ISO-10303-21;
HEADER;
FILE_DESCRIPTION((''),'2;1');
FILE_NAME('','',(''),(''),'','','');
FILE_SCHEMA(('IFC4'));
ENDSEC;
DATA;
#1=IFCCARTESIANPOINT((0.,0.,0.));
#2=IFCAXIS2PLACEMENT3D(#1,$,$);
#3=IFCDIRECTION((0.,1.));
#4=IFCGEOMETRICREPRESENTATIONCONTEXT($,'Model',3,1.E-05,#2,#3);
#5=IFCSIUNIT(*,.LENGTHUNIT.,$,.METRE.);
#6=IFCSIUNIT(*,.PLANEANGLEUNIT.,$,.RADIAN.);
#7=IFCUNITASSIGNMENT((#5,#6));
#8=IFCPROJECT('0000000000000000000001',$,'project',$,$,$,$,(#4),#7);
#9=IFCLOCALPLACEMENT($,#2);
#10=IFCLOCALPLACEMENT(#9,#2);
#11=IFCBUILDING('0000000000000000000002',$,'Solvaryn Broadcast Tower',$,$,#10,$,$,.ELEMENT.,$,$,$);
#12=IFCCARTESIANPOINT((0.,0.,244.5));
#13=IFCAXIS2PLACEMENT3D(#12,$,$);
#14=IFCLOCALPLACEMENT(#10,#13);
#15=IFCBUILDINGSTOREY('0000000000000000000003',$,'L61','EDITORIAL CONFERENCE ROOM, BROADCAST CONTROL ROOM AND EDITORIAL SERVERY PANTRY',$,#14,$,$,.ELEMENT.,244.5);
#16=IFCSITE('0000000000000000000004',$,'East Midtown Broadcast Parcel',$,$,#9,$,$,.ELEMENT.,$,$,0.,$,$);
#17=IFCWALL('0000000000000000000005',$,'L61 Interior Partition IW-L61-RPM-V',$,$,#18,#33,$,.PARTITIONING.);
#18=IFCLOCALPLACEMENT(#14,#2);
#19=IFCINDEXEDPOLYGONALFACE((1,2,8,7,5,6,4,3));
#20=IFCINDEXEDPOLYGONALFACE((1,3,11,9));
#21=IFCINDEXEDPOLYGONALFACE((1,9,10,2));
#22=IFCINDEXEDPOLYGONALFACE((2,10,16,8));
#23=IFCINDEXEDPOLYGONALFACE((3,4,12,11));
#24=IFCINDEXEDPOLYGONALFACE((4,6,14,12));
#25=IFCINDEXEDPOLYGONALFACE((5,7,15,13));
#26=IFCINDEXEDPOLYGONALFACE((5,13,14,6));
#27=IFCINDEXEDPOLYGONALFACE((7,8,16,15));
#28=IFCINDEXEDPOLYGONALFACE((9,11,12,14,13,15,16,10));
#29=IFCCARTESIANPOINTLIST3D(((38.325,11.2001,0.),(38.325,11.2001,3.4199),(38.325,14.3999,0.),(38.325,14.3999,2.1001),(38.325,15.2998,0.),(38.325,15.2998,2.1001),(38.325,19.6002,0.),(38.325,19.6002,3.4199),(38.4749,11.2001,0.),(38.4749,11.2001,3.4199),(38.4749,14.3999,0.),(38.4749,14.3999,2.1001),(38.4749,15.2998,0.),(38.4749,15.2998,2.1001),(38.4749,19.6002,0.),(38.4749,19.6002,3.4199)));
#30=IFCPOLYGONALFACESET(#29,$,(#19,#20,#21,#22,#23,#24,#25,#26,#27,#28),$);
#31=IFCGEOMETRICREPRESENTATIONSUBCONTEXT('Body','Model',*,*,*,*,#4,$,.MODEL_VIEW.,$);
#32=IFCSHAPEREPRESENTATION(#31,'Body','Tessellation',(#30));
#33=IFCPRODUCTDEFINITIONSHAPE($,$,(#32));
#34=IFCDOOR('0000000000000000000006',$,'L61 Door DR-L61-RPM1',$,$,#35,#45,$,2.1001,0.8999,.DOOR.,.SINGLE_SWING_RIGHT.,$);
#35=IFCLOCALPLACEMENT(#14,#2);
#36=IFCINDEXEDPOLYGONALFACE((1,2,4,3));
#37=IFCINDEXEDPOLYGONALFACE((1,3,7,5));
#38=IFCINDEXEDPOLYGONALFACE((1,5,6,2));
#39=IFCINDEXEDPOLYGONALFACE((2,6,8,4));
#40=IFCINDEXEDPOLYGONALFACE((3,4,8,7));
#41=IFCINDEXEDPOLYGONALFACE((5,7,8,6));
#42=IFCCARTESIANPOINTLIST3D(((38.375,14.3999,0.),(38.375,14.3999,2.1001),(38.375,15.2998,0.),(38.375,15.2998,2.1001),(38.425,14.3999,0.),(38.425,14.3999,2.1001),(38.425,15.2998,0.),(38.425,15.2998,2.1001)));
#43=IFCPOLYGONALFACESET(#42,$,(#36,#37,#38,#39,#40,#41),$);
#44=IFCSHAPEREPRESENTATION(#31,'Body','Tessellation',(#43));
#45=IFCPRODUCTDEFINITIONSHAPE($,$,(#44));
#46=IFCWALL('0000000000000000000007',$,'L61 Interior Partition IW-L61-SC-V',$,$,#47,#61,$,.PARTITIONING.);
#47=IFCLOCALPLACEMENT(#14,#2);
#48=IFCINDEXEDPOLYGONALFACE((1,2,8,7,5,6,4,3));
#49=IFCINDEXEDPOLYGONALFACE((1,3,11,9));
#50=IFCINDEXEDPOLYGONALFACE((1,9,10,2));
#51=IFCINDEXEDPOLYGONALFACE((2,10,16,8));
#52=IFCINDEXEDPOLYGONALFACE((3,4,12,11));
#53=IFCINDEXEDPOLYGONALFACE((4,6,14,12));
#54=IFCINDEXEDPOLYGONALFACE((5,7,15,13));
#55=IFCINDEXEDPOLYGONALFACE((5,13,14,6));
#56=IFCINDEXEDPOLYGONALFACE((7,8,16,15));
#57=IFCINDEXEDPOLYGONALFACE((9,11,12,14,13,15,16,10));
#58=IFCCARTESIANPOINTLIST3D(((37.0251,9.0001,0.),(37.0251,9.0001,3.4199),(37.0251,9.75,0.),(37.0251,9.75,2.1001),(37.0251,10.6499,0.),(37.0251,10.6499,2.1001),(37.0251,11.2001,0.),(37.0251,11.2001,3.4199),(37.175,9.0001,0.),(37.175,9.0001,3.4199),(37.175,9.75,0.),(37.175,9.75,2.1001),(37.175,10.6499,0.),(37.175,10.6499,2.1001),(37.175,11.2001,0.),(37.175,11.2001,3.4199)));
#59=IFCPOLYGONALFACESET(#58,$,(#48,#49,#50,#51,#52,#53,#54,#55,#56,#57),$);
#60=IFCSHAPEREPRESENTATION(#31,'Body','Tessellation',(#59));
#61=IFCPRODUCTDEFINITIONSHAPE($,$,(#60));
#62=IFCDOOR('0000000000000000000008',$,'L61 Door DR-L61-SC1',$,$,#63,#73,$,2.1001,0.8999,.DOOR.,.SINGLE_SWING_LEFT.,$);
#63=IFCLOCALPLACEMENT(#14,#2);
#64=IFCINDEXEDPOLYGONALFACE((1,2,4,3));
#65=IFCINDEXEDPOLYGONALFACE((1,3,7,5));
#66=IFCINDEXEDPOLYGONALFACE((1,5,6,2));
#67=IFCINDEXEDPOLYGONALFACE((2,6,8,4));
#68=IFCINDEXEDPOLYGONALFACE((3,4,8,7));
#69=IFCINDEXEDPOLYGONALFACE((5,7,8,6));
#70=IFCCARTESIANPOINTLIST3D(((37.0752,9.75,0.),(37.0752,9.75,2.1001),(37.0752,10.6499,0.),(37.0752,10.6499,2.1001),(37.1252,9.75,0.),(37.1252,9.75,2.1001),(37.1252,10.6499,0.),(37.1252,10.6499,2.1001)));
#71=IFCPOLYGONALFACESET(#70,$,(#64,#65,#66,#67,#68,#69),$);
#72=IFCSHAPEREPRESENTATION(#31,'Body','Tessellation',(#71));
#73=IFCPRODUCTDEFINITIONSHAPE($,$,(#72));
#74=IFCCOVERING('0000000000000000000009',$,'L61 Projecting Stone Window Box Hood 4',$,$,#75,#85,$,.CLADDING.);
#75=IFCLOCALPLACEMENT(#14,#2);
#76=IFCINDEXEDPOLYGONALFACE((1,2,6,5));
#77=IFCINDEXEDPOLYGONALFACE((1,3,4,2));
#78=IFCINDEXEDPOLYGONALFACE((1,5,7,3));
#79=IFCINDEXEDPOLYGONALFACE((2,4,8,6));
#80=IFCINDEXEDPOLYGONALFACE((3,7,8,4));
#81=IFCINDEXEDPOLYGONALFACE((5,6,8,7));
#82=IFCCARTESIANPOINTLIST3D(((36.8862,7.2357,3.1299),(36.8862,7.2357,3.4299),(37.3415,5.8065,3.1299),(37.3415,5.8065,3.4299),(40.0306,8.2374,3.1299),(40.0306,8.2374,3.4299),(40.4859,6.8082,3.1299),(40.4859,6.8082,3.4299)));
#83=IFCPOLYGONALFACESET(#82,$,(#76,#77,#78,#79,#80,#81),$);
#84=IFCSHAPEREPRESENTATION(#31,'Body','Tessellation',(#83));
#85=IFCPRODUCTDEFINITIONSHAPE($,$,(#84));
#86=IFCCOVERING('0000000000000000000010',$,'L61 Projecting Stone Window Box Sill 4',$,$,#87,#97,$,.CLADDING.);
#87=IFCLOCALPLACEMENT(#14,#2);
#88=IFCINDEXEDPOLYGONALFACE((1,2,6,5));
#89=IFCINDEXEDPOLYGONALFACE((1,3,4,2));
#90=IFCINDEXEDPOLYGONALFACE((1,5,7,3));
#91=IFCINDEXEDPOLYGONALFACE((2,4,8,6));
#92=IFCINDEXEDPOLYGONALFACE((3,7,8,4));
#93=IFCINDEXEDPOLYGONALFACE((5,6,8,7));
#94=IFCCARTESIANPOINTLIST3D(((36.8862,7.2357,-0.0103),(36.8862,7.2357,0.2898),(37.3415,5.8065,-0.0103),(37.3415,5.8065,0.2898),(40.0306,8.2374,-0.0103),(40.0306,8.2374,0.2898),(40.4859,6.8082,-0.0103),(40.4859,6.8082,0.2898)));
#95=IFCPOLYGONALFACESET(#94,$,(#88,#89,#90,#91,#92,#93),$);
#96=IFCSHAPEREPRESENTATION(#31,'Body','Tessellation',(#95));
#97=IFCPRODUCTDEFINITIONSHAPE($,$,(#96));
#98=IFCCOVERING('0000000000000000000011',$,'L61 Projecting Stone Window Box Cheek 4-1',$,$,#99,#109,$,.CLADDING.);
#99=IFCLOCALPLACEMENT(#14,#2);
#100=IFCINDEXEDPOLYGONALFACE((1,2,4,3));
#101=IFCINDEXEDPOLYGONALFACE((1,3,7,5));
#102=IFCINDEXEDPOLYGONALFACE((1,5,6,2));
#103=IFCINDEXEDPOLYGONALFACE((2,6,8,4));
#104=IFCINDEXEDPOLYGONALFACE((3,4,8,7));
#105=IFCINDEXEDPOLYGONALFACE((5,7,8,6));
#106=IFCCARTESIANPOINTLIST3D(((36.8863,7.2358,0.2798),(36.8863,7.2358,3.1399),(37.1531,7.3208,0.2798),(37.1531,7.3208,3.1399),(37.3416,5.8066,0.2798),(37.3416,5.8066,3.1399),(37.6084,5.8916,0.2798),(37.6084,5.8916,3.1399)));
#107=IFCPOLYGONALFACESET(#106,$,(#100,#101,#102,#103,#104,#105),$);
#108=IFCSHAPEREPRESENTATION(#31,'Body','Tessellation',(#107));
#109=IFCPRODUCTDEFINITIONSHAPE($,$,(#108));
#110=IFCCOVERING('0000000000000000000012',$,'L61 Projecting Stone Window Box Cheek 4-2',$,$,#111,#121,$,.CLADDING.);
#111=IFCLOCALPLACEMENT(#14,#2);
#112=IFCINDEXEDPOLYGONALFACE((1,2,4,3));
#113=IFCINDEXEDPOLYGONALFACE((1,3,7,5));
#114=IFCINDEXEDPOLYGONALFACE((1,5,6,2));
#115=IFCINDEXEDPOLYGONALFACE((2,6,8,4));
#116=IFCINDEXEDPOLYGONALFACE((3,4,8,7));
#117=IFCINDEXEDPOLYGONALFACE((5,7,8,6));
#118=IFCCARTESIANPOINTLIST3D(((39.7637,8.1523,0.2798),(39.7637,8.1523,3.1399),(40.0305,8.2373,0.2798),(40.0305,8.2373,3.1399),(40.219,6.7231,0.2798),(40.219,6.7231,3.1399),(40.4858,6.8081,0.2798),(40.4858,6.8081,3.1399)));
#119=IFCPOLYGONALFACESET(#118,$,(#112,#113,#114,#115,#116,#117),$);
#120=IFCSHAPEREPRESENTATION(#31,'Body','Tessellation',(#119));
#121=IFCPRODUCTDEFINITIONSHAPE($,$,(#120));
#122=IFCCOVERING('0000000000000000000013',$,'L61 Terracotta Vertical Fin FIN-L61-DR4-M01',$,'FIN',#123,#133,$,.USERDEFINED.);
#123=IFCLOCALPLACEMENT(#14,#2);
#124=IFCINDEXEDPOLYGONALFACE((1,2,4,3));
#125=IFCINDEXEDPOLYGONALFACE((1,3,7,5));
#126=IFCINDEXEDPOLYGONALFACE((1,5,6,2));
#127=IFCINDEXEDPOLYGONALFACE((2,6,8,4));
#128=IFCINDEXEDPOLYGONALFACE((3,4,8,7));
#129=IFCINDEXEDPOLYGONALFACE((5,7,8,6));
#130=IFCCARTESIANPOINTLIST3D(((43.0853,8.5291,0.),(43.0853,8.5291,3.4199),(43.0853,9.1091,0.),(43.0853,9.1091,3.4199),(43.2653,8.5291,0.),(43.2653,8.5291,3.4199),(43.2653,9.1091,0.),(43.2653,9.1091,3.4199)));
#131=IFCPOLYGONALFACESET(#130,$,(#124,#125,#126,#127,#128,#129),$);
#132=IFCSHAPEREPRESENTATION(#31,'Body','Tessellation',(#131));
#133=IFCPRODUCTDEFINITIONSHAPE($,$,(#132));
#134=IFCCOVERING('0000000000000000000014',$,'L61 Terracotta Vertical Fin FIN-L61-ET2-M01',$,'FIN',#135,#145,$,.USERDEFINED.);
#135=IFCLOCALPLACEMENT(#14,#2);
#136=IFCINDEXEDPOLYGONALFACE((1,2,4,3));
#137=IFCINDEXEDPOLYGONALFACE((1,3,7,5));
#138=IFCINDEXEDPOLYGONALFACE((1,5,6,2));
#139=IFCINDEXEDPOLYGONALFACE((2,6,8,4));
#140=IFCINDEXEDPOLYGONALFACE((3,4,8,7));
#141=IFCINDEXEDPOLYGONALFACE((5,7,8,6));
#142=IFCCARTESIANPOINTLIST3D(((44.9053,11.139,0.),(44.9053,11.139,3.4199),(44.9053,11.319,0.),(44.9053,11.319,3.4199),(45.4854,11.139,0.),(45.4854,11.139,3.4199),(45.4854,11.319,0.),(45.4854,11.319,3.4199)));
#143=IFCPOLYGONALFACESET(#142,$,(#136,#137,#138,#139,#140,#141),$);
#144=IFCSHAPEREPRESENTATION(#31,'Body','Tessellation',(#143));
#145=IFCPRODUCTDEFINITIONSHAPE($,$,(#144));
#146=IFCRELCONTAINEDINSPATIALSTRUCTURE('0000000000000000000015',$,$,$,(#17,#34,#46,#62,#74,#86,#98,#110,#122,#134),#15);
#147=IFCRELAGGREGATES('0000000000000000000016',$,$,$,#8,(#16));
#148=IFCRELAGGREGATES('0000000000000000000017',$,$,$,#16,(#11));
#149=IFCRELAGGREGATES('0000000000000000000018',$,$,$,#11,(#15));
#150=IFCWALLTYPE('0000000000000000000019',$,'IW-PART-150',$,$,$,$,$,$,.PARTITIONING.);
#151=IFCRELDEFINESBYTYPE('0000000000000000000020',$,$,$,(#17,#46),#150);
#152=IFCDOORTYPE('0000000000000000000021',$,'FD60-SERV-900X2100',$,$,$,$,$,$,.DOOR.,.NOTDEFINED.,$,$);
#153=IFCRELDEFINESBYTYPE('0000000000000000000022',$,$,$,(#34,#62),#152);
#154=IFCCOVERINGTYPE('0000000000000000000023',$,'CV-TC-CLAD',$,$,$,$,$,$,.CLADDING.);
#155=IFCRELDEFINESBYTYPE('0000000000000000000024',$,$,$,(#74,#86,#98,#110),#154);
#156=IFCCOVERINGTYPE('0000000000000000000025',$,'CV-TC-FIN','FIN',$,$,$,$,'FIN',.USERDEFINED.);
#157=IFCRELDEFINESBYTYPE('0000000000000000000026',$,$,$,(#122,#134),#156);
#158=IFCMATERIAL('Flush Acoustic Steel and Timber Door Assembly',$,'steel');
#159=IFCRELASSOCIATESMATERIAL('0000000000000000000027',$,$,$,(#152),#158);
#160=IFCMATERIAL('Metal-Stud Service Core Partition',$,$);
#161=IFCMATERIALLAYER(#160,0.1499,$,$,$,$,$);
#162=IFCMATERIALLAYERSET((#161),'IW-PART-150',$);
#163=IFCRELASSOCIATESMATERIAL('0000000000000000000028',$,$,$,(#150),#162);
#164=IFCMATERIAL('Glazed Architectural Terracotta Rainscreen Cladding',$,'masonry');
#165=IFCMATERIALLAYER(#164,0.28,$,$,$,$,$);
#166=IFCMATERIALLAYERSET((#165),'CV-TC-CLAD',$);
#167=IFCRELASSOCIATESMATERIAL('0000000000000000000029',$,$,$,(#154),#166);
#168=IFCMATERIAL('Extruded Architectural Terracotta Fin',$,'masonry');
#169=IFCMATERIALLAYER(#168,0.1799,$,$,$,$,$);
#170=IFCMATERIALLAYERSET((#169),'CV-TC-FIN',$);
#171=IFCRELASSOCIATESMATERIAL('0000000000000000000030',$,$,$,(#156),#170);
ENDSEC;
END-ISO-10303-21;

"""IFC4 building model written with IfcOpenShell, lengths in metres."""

from ifc_helpers import new_model, si_unit, direction, frame, frame_2d, origin, origin_2d, place, context, subcontext, project, spatial, rectangle, extrude, material, layer, layer_set, type_object, element, fill, save


model = new_model("IFC4")

# Units and contexts
model_context = context("Model", 3, precision=1e-05, world=origin(), true_north=direction((0.0, 1.0)))
body_context = subcontext(model_context, "Body", "Model", "MODEL_VIEW")
ifc_project = project(units=[si_unit("LENGTHUNIT", "METRE"), si_unit("PLANEANGLEUNIT", "RADIAN")], contexts=[model_context])

# Site, building, storey
site_placement = place(None, origin())
site = spatial("IfcSite", under=ifc_project, at=site_placement, Name="East Midtown Broadcast Parcel", CompositionType="ELEMENT", RefElevation=0.0)
building_placement = place(site_placement, origin())
building = spatial("IfcBuilding", under=site, at=building_placement, Name="Solvaryn Broadcast Tower", CompositionType="ELEMENT")
storey_placement = place(building_placement, frame((0.0, 0.0, 244.5)))
storey = spatial("IfcBuildingStorey", under=building, at=storey_placement, Name="L61", Description="EDITORIAL CONFERENCE ROOM, BROADCAST CONTROL ROOM AND EDITORIAL SERVERY PANTRY", CompositionType="ELEMENT", Elevation=244.5)

# Shared definitions
ifc_material_1 = material(Name="Flush Acoustic Steel and Timber Door Assembly", Category="steel")
door_type = type_object("IfcDoorType", Name="FD60-SERV-900X2100", OperationType="NOTDEFINED", PredefinedType="DOOR", material=ifc_material_1)

# Walls, openings, doors
ifc_material_2 = material(Name="Metal-Stud Service Core Partition")
ifc_layer_1 = layer(ifc_material_2, 0.1499)
ifc_layer_set_1 = layer_set([ifc_layer_1], Name="IW-PART-150")
wall_type_1 = type_object("IfcWallType", Name="IW-PART-150", PredefinedType="PARTITIONING", material=ifc_layer_set_1)
wall_1_placement = place(storey_placement, frame((38.3999, 11.2, 0.0), z_axis=(0.0, 0.0, 1.0), x_axis=(0.0, 1.0, 0.0)))
wall_1 = element("IfcWall", 1, at=wall_1_placement, inside=storey, type_object=wall_type_1, Name="L61 Interior Partition IW-L61-RPM-V", PredefinedType="PARTITIONING", context=body_context, shape_type="SweptSolid", body=[
    extrude(rectangle(XDim=8.4001, YDim=0.1499, at=frame_2d((4.2002, 0.0))), origin(), (0.0, 0.0, 1.0), 3.4199),
])
opening_1_placement = place(wall_1_placement, frame((3.2, 0.0, 0.0)))
opening_1 = element("IfcOpeningElement", 2, at=opening_1_placement, cuts=wall_1, PredefinedType="OPENING", context=body_context, shape_type="SweptSolid", body=[
    extrude(rectangle(XDim=0.8999, YDim=2.1001, at=frame_2d((0.45, 1.05))), frame((0.0, 0.085, 0.0), z_axis=(0.0, -1.0, 0.0), x_axis=(1.0, 0.0, 0.0)), (0.0, 0.0, 1.0), 0.1699),
])
door_1_placement = place(opening_1_placement, origin())
door_1 = element("IfcDoor", 3, at=door_1_placement, inside=storey, type_object=door_type, Name="L61 Door DR-L61-RPM1", OperationType="SINGLE_SWING_RIGHT", OverallHeight=2.1001, OverallWidth=0.8999, PredefinedType="DOOR", context=body_context, shape_type="SweptSolid", body=[
    extrude(rectangle(XDim=0.8999, YDim=2.1001, at=frame_2d((0.45, 1.05))), frame((0.0, 0.0249, 0.0), z_axis=(0.0, -1.0, 0.0), x_axis=(1.0, 0.0, 0.0)), (0.0, 0.0, 1.0), 0.05),
])
fill(opening_1, door_1)
wall_2_placement = place(storey_placement, frame((37.1001, 9.0, 0.0), z_axis=(0.0, 0.0, 1.0), x_axis=(0.0, 1.0, 0.0)))
wall_2 = element("IfcWall", 4, at=wall_2_placement, inside=storey, type_object=wall_type_1, Name="L61 Interior Partition IW-L61-SC-V", PredefinedType="PARTITIONING", context=body_context, shape_type="SweptSolid", body=[
    extrude(rectangle(XDim=2.2, YDim=0.1499, at=frame_2d((1.1001, 0.0))), origin(), (0.0, 0.0, 1.0), 3.4199),
])
opening_2_placement = place(wall_2_placement, frame((0.75, 0.0, 0.0)))
opening_2 = element("IfcOpeningElement", 5, at=opening_2_placement, cuts=wall_2, PredefinedType="OPENING", context=body_context, shape_type="SweptSolid", body=[
    extrude(rectangle(XDim=0.8999, YDim=2.1001, at=frame_2d((0.45, 1.05))), frame((0.0, 0.085, 0.0), z_axis=(0.0, -1.0, 0.0), x_axis=(1.0, 0.0, 0.0)), (0.0, 0.0, 1.0), 0.1699),
])
door_2_placement = place(opening_2_placement, origin())
door_2 = element("IfcDoor", 6, at=door_2_placement, inside=storey, type_object=door_type, Name="L61 Door DR-L61-SC1", OperationType="SINGLE_SWING_LEFT", OverallHeight=2.1001, OverallWidth=0.8999, PredefinedType="DOOR", context=body_context, shape_type="SweptSolid", body=[
    extrude(rectangle(XDim=0.8999, YDim=2.1001, at=frame_2d((0.45, 1.05))), frame((0.0, 0.0249, 0.0), z_axis=(0.0, -1.0, 0.0), x_axis=(1.0, 0.0, 0.0)), (0.0, 0.0, 1.0), 0.05),
])
fill(opening_2, door_2)

# Coverings
ifc_material_3 = material(Name="Glazed Architectural Terracotta Rainscreen Cladding", Category="masonry")
ifc_layer_2 = layer(ifc_material_3, 0.28)
ifc_layer_set_2 = layer_set([ifc_layer_2], Name="CV-TC-CLAD")
covering_type_1 = type_object("IfcCoveringType", Name="CV-TC-CLAD", PredefinedType="CLADDING", material=ifc_layer_set_2)
for number, where, z_axis, x_axis, name in (
    (7, (38.686, 7.022, 3.1299), (0.0, 0.0, 1.0), (0.952821, 0.303534, 0.0), "L61 Projecting Stone Window Box Hood 4"),
    (8, (38.686, 7.022, -0.0103), (0.0, 0.0, 1.0), (0.952821, 0.303534, 0.0), "L61 Projecting Stone Window Box Sill 4"),
):
    element("IfcCovering", number, at=place(storey_placement, frame(where, z_axis=z_axis, x_axis=x_axis)), inside=storey, type_object=covering_type_1, Name=name, PredefinedType="CLADDING", context=body_context, shape_type="SweptSolid", body=[
        extrude(rectangle(XDim=3.3, YDim=1.5, at=origin_2d()), origin(), (0.0, 0.0, 1.0), 0.3),
    ])
for number, where, z_axis, x_axis, name in (
    (9, (37.2473, 6.5637, 0.2798), (0.0, 0.0, 1.0), (0.952821, 0.303534, 0.0), "L61 Projecting Stone Window Box Cheek 4-1"),
    (10, (40.1248, 7.4802, 0.2798), (0.0, 0.0, 1.0), (0.952821, 0.303534, 0.0), "L61 Projecting Stone Window Box Cheek 4-2"),
):
    element("IfcCovering", number, at=place(storey_placement, frame(where, z_axis=z_axis, x_axis=x_axis)), inside=storey, type_object=covering_type_1, Name=name, PredefinedType="CLADDING", context=body_context, shape_type="SweptSolid", body=[
        extrude(rectangle(XDim=0.28, YDim=1.5, at=origin_2d()), origin(), (0.0, 0.0, 1.0), 2.8601),
    ])
ifc_material_4 = material(Name="Extruded Architectural Terracotta Fin", Category="masonry")
ifc_layer_3 = layer(ifc_material_4, 0.1799)
ifc_layer_set_3 = layer_set([ifc_layer_3], Name="CV-TC-FIN")
covering_type_2 = type_object("IfcCoveringType", Name="CV-TC-FIN", Description="FIN", ElementType="FIN", PredefinedType="USERDEFINED", material=ifc_layer_set_3)
covering_1_placement = place(storey_placement, frame((43.1753, 8.8191, 0.0), z_axis=(0.0, 0.0, 1.0), x_axis=(1.0, 0.0, 0.0)))
element("IfcCovering", 11, at=covering_1_placement, inside=storey, type_object=covering_type_2, Name="L61 Terracotta Vertical Fin FIN-L61-DR4-M01", ObjectType="FIN", PredefinedType="USERDEFINED", context=body_context, shape_type="SweptSolid", body=[
    extrude(rectangle(XDim=0.1799, YDim=0.5801, at=origin_2d()), origin(), (0.0, 0.0, 1.0), 3.4199),
])
covering_2_placement = place(storey_placement, frame((45.1953, 11.229, 0.0), z_axis=(0.0, 0.0, 1.0), x_axis=(1.0, 0.0, 0.0)))
element("IfcCovering", 12, at=covering_2_placement, inside=storey, type_object=covering_type_2, Name="L61 Terracotta Vertical Fin FIN-L61-ET2-M01", ObjectType="FIN", PredefinedType="USERDEFINED", context=body_context, shape_type="SweptSolid", body=[
    extrude(rectangle(XDim=0.5801, YDim=0.1799, at=origin_2d()), origin(), (0.0, 0.0, 1.0), 3.4199),
])

save(model, "model.ifc")
